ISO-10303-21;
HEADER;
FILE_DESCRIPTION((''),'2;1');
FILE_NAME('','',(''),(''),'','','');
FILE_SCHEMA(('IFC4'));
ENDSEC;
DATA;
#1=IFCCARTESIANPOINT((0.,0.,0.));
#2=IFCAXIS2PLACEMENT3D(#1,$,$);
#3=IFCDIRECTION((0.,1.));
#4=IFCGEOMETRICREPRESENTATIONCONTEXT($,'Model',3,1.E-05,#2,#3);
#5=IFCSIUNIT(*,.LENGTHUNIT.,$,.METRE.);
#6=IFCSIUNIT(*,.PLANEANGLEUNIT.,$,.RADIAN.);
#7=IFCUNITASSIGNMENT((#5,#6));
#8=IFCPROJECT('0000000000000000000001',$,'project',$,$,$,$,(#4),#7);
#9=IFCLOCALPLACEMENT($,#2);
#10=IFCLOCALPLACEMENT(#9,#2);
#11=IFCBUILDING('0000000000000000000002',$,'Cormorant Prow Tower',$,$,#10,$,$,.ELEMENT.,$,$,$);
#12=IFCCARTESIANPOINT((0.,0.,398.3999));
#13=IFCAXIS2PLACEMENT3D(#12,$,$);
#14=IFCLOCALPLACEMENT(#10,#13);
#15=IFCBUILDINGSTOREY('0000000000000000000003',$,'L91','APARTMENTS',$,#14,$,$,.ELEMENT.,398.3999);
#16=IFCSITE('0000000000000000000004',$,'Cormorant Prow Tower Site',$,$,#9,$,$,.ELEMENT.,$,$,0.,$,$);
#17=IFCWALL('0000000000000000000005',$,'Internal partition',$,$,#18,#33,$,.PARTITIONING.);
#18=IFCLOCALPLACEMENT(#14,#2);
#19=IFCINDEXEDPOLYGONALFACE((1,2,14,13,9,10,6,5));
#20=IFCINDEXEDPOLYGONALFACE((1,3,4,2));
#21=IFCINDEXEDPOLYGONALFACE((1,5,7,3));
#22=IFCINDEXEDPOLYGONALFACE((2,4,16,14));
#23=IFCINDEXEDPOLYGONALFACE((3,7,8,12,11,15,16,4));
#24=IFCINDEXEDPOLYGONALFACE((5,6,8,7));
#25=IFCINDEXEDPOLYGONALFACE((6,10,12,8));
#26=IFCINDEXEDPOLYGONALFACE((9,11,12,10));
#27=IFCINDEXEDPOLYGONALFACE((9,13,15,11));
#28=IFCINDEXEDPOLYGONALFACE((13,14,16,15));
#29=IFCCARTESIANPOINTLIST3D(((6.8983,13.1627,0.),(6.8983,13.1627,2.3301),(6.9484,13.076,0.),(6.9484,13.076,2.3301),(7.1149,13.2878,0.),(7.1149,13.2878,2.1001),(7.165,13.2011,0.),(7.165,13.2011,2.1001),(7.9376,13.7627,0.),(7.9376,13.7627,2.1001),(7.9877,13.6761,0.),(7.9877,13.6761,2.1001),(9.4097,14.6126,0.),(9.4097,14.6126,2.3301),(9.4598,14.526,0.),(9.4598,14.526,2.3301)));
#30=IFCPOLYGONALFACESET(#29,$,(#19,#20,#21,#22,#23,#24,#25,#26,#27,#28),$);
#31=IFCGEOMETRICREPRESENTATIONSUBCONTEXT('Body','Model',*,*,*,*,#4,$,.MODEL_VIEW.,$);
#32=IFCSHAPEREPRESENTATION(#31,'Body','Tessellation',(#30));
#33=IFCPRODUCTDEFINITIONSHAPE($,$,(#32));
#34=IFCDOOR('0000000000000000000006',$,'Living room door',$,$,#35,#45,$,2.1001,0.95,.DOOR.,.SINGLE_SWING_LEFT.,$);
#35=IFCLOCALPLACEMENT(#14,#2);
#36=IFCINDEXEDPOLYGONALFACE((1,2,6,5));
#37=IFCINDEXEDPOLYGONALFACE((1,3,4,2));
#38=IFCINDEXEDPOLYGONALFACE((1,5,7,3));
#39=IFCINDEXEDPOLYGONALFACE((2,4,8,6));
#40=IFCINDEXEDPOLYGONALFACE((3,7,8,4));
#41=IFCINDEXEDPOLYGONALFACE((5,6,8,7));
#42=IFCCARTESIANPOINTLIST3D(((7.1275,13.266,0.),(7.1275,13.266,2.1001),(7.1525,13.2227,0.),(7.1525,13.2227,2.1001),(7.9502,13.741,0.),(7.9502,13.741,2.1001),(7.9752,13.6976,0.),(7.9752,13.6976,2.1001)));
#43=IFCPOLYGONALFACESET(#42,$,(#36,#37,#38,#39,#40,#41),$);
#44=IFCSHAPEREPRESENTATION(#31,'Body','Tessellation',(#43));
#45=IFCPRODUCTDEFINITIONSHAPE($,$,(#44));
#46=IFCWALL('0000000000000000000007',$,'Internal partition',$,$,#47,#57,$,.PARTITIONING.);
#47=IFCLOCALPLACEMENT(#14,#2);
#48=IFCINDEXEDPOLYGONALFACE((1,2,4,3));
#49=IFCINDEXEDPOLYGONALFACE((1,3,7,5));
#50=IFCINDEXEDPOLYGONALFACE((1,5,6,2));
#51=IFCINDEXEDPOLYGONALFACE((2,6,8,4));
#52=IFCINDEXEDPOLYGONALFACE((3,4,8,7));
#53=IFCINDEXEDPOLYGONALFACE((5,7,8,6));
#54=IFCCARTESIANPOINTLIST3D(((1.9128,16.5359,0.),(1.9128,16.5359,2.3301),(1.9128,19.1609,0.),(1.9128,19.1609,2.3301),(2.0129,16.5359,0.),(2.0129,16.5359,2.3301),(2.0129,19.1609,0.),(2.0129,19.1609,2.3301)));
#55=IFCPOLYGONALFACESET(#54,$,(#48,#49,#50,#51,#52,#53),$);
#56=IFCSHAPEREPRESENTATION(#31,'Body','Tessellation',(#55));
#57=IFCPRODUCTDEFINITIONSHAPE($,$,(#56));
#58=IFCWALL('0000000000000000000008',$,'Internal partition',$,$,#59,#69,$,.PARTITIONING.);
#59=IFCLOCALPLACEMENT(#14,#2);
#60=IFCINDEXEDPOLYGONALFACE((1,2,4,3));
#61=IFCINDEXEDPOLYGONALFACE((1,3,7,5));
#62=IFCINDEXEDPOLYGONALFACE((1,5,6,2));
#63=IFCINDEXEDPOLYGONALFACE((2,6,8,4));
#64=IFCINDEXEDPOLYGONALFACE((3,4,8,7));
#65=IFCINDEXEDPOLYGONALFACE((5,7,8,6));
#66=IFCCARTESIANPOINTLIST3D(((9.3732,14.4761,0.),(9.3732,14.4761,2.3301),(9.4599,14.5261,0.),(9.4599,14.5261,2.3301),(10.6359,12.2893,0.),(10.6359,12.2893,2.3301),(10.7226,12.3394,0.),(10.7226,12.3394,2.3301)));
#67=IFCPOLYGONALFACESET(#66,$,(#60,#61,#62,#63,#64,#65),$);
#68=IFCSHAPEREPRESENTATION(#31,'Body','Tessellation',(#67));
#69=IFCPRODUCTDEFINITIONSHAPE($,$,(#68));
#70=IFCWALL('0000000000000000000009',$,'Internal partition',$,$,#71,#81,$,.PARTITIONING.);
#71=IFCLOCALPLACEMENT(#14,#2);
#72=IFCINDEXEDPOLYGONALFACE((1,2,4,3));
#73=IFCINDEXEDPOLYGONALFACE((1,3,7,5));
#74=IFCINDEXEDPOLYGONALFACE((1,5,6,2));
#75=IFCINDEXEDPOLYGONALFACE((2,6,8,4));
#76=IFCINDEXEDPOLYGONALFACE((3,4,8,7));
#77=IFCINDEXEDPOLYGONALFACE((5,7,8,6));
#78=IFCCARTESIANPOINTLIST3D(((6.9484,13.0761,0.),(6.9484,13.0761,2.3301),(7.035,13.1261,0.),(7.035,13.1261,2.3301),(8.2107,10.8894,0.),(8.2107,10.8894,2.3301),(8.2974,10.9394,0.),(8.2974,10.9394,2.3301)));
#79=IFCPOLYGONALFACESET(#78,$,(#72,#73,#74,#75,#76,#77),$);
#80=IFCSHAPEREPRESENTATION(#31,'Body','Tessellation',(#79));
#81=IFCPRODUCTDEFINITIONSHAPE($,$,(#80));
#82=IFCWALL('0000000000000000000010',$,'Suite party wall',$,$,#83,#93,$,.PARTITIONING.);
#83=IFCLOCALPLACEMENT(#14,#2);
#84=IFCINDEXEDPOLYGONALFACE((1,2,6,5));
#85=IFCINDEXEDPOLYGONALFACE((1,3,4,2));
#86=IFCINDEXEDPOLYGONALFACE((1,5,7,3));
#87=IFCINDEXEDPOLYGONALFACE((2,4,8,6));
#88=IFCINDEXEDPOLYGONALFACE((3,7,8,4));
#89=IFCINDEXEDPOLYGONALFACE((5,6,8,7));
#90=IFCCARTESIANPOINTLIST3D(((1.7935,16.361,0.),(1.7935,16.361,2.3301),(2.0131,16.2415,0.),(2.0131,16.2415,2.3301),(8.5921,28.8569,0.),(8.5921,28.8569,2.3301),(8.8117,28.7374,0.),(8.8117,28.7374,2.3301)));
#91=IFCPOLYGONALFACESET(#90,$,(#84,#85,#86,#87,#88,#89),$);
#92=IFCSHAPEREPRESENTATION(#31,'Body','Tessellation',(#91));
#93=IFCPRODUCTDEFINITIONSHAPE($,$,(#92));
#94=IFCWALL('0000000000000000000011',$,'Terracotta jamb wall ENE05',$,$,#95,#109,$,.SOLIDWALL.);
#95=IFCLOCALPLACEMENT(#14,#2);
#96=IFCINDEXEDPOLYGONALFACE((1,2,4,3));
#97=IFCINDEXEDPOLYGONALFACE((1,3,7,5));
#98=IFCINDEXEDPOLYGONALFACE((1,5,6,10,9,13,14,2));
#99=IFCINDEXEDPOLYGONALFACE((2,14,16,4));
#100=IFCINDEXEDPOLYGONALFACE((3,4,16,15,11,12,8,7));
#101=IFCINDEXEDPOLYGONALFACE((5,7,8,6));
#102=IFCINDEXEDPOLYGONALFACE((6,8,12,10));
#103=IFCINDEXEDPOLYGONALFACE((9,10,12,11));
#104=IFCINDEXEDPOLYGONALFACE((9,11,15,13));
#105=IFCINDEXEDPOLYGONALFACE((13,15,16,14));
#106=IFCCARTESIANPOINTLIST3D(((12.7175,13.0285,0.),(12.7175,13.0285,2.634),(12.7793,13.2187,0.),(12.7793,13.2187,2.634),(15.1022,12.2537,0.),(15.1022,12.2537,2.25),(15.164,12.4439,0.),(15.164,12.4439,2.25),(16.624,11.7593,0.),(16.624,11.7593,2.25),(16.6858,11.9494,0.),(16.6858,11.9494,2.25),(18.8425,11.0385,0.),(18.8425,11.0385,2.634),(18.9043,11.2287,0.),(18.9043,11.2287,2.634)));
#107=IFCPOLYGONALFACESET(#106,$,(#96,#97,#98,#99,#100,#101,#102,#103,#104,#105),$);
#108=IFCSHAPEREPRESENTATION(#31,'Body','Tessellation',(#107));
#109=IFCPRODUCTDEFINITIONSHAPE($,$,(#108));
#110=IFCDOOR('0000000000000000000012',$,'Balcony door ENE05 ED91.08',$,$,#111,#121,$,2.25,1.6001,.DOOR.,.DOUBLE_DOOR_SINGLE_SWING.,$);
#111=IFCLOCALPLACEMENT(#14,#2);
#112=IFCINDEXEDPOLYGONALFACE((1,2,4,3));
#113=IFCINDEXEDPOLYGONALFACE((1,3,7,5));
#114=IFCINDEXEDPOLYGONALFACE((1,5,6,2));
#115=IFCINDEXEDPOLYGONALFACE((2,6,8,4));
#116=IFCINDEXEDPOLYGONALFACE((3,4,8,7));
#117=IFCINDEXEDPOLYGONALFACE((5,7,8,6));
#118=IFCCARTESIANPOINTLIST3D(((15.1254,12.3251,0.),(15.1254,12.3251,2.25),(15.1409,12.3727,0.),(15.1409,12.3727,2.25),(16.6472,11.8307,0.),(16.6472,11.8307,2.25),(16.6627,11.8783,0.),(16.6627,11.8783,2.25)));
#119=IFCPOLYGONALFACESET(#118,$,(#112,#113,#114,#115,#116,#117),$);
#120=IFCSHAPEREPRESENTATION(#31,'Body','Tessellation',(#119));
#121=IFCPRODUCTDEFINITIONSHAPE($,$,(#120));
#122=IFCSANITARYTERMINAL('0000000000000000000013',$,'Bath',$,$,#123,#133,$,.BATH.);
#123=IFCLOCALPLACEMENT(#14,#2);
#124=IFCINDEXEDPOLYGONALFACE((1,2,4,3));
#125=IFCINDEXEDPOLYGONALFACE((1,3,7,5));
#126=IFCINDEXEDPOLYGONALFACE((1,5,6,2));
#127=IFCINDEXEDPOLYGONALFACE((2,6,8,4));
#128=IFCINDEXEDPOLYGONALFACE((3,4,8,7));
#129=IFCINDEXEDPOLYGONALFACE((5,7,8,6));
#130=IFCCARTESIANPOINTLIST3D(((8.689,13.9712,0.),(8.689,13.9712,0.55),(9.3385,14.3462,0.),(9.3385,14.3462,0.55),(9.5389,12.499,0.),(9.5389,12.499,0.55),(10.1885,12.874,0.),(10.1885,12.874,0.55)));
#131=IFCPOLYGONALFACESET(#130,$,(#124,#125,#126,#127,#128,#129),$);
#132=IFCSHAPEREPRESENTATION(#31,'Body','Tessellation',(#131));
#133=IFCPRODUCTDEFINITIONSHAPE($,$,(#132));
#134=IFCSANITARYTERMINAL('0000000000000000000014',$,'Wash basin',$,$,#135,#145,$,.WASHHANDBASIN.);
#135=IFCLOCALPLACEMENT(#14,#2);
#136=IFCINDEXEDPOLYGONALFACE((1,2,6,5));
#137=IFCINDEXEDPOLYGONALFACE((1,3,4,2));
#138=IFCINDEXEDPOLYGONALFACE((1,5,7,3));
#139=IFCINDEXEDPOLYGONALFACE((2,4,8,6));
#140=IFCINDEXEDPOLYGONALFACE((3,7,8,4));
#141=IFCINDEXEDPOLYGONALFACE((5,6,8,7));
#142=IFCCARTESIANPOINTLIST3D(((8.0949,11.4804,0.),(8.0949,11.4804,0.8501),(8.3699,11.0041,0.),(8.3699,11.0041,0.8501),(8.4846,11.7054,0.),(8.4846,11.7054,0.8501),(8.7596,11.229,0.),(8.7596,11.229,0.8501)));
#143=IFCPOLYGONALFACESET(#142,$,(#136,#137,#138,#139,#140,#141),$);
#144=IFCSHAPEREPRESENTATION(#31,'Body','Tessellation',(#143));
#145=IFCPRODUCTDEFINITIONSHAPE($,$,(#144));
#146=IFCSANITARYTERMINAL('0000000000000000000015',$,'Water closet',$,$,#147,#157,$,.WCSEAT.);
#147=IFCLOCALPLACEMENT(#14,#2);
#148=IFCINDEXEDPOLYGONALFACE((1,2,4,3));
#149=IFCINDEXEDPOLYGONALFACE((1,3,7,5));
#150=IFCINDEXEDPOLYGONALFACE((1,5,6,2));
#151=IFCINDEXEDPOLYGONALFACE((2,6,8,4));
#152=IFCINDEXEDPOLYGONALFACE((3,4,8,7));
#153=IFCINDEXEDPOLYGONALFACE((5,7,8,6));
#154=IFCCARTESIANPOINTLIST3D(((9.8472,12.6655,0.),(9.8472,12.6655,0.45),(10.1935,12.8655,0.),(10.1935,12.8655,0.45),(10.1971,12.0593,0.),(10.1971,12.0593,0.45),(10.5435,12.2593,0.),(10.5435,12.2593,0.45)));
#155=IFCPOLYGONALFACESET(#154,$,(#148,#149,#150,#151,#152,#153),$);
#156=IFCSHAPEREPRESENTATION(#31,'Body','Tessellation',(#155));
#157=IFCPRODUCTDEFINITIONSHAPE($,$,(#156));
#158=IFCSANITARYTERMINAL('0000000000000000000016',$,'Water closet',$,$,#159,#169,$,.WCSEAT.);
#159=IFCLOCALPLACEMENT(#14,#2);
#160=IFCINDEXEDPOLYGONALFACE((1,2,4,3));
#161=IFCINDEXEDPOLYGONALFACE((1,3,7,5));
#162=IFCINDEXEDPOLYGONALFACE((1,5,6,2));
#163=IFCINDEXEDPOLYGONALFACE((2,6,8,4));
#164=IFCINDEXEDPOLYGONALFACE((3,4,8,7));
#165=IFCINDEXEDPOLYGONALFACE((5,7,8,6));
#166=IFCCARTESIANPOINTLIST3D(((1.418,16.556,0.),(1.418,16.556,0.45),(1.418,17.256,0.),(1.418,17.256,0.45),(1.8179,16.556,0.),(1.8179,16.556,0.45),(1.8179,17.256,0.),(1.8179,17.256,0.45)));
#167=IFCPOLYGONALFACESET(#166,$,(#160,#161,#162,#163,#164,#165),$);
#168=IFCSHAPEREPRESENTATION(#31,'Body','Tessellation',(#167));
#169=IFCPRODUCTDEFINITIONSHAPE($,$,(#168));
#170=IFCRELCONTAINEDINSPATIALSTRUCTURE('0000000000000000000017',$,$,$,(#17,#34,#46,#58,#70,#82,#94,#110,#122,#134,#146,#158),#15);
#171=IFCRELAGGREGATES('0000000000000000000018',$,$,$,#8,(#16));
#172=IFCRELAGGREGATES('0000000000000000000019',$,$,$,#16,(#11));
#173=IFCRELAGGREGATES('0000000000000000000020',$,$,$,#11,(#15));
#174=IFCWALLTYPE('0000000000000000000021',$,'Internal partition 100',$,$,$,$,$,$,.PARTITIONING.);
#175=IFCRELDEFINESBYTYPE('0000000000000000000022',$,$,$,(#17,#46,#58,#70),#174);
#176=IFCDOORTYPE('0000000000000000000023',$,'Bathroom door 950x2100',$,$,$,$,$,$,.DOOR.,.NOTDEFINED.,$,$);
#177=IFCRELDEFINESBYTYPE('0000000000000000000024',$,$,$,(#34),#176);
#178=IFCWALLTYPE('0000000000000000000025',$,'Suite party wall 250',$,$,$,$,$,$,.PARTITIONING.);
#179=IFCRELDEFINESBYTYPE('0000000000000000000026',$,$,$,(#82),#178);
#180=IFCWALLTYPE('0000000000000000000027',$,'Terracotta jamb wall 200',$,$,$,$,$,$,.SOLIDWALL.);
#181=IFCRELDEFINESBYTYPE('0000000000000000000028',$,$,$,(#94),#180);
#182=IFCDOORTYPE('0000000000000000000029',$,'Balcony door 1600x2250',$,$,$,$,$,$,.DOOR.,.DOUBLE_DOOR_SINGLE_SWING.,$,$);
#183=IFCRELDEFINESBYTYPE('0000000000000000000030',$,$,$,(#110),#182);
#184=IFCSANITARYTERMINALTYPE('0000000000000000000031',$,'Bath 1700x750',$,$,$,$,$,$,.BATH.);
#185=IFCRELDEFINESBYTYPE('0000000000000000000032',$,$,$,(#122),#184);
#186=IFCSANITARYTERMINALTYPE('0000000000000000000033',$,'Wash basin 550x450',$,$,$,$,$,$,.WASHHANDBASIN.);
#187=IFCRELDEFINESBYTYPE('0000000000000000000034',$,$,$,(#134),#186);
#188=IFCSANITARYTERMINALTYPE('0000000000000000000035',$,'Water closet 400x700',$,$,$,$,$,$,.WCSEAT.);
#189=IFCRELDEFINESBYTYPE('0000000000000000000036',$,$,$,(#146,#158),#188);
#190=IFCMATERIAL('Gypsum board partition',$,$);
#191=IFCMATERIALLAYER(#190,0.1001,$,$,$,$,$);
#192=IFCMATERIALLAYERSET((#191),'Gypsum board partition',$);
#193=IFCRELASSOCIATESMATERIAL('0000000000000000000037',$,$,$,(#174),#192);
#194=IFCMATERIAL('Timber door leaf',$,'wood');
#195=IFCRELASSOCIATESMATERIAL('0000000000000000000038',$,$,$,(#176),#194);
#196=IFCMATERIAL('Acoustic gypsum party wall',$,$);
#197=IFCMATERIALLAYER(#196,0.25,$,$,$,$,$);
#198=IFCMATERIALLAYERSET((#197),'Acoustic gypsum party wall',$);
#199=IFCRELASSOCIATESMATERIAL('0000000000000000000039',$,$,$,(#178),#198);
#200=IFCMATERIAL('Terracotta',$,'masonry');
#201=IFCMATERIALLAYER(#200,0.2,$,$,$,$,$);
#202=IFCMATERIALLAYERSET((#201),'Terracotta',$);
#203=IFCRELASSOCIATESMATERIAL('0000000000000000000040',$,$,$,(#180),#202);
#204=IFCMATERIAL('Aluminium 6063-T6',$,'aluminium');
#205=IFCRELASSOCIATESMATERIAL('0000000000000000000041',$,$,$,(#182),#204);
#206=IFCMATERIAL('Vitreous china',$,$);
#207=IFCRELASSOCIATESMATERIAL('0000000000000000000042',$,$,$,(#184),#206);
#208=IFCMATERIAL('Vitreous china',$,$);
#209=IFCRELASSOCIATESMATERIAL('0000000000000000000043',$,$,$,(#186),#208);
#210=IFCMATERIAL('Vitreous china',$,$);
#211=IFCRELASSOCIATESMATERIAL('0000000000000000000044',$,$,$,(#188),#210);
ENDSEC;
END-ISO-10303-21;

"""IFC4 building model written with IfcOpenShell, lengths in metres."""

from ifc_helpers import new_model, si_unit, direction, frame, frame_2d, origin, origin_2d, place, context, subcontext, project, spatial, rectangle, extrude, material, layer, layer_set, type_object, element, fill, save


model = new_model("IFC4")

# Units and contexts
model_context = context("Model", 3, precision=1e-05, world=origin(), true_north=direction((0.0, 1.0)))
body_context = subcontext(model_context, "Body", "Model", "MODEL_VIEW")
ifc_project = project(units=[si_unit("LENGTHUNIT", "METRE"), si_unit("PLANEANGLEUNIT", "RADIAN")], contexts=[model_context])

# Site, building, storey
site_placement = place(None, origin())
site = spatial("IfcSite", under=ifc_project, at=site_placement, Name="Cormorant Prow Tower Site", CompositionType="ELEMENT", RefElevation=0.0)
building_placement = place(site_placement, origin())
building = spatial("IfcBuilding", under=site, at=building_placement, Name="Cormorant Prow Tower", CompositionType="ELEMENT")
storey_placement = place(building_placement, frame((0.0, 0.0, 398.3999)))
storey = spatial("IfcBuildingStorey", under=building, at=storey_placement, Name="L91", Description="APARTMENTS", CompositionType="ELEMENT", Elevation=398.3999)

# Shared definitions
ifc_material_1 = material(Name="Gypsum board partition")
ifc_layer_1 = layer(ifc_material_1, 0.1001)
ifc_layer_set_1 = layer_set([ifc_layer_1], Name="Gypsum board partition")
wall_type_1 = type_object("IfcWallType", Name="Internal partition 100", PredefinedType="PARTITIONING", material=ifc_layer_set_1)
ifc_material_2 = material(Name="Timber door leaf", Category="wood")
door_type_1 = type_object("IfcDoorType", Name="Bathroom door 950x2100", OperationType="NOTDEFINED", PredefinedType="DOOR", material=ifc_material_2)

# Wall, opening, door
wall_1_placement = place(storey_placement, frame((6.9233, 13.1194, 0.0), z_axis=(0.0, 0.0, 1.0), x_axis=(0.866033, 0.499987, 0.0)))
wall_1 = element("IfcWall", 1, at=wall_1_placement, inside=storey, type_object=wall_type_1, Name="Internal partition", PredefinedType="PARTITIONING", context=body_context, shape_type="SweptSolid", body=[
    extrude(rectangle(XDim=2.8999, YDim=0.1001, at=frame_2d((1.45, 0.0))), origin(), (0.0, 0.0, 1.0), 2.3301),
])
opening_1_placement = place(wall_1_placement, frame((0.25, 0.0, 0.0)))
opening_1 = element("IfcOpeningElement", 2, at=opening_1_placement, cuts=wall_1, PredefinedType="OPENING", context=body_context, shape_type="SweptSolid", body=[
    extrude(rectangle(XDim=0.95, YDim=2.1001, at=frame_2d((0.4751, 1.05))), frame((0.0, 0.0601, 0.0), z_axis=(0.0, -1.0, 0.0), x_axis=(1.0, 0.0, 0.0)), (0.0, 0.0, 1.0), 0.1201),
])
door_1_placement = place(opening_1_placement, origin())
door_1 = element("IfcDoor", 3, at=door_1_placement, inside=storey, type_object=door_type_1, Name="Living room door", OperationType="SINGLE_SWING_LEFT", OverallHeight=2.1001, OverallWidth=0.95, PredefinedType="DOOR", context=body_context, shape_type="SweptSolid", body=[
    extrude(rectangle(XDim=0.95, YDim=2.1001, at=frame_2d((0.4751, 1.05))), frame((0.0, 0.0249, 0.0), z_axis=(0.0, -1.0, 0.0), x_axis=(1.0, 0.0, 0.0)), (0.0, 0.0, 1.0), 0.05),
])
fill(opening_1, door_1)

# Walls
wall_2_placement = place(storey_placement, frame((1.9629, 16.5359, 0.0), z_axis=(0.0, 0.0, 1.0), x_axis=(0.0, 1.0, 0.0)))
element("IfcWall", 4, at=wall_2_placement, inside=storey, type_object=wall_type_1, Name="Internal partition", PredefinedType="PARTITIONING", context=body_context, shape_type="SweptSolid", body=[
    extrude(rectangle(XDim=2.625, YDim=0.1001, at=frame_2d((1.3125, 0.0))), origin(), (0.0, 0.0, 1.0), 2.3301),
])
wall_3_placement = place(storey_placement, frame((9.4165, 14.5012, 0.0), z_axis=(0.0, 0.0, 1.0), x_axis=(0.500049, -0.865997, 0.0)))
element("IfcWall", 5, at=wall_3_placement, inside=storey, type_object=wall_type_1, Name="Internal partition", PredefinedType="PARTITIONING", context=body_context, shape_type="SweptSolid", body=[
    extrude(rectangle(XDim=2.5251, YDim=0.1001, at=frame_2d((1.2627, 0.0))), origin(), (0.0, 0.0, 1.0), 2.3301),
])
wall_4_placement = place(storey_placement, frame((6.9917, 13.1011, 0.0), z_axis=(0.0, 0.0, 1.0), x_axis=(0.499976, -0.866039, 0.0)))
element("IfcWall", 6, at=wall_4_placement, inside=storey, type_object=wall_type_1, Name="Internal partition", PredefinedType="PARTITIONING", context=body_context, shape_type="SweptSolid", body=[
    extrude(rectangle(XDim=2.5249, YDim=0.1001, at=frame_2d((1.2625, 0.0))), origin(), (0.0, 0.0, 1.0), 2.3301),
])
ifc_material_3 = material(Name="Acoustic gypsum party wall")
ifc_layer_2 = layer(ifc_material_3, 0.25)
ifc_layer_set_2 = layer_set([ifc_layer_2], Name="Acoustic gypsum party wall")
wall_type_2 = type_object("IfcWallType", Name="Suite party wall 250", PredefinedType="PARTITIONING", material=ifc_layer_set_2)
wall_5_placement = place(storey_placement, frame((1.9033, 16.3013, 0.0), z_axis=(0.0, 0.0, 1.0), x_axis=(0.477913, 0.878407, 0.0)))
element("IfcWall", 7, at=wall_5_placement, inside=storey, type_object=wall_type_2, Name="Suite party wall", PredefinedType="PARTITIONING", context=body_context, shape_type="SweptSolid", body=[
    extrude(rectangle(XDim=14.2256, YDim=0.25, at=frame_2d((7.1128, 0.0))), origin(), (0.0, 0.0, 1.0), 2.3301),
])

# Wall, opening, door
ifc_material_4 = material(Name="Terracotta", Category="masonry")
ifc_layer_3 = layer(ifc_material_4, 0.2)
ifc_layer_set_3 = layer_set([ifc_layer_3], Name="Terracotta")
wall_type_3 = type_object("IfcWallType", Name="Terracotta jamb wall 200", PredefinedType="SOLIDWALL", material=ifc_layer_set_3)
wall_6_placement = place(storey_placement, frame((18.8735, 11.1335, 0.0), z_axis=(0.0, 0.0, 1.0), x_axis=(-0.951063, 0.308997, 0.0)))
wall_6 = element("IfcWall", 8, at=wall_6_placement, inside=storey, type_object=wall_type_3, Name="Terracotta jamb wall ENE05", PredefinedType="SOLIDWALL", context=body_context, shape_type="SweptSolid", body=[
    extrude(rectangle(XDim=6.4402, YDim=0.2, at=frame_2d((3.2202, 0.0))), origin(), (0.0, 0.0, 1.0), 2.634),
])
opening_2_placement = place(wall_6_placement, frame((2.3328, 0.0, 0.0)))
opening_2 = element("IfcOpeningElement", 9, at=opening_2_placement, cuts=wall_6, PredefinedType="OPENING", context=body_context, shape_type="SweptSolid", body=[
    extrude(rectangle(XDim=1.6001, YDim=2.25, at=frame_2d((0.8, 1.125))), frame((0.0, 0.1099, 0.0), z_axis=(0.0, -1.0, 0.0), x_axis=(1.0, 0.0, 0.0)), (0.0, 0.0, 1.0), 0.22),
])
ifc_material_5 = material(Name="Aluminium 6063-T6", Category="aluminium")
door_type_2 = type_object("IfcDoorType", Name="Balcony door 1600x2250", OperationType="DOUBLE_DOOR_SINGLE_SWING", PredefinedType="DOOR", material=ifc_material_5)
door_2_placement = place(opening_2_placement, origin())
door_2 = element("IfcDoor", 10, at=door_2_placement, inside=storey, type_object=door_type_2, Name="Balcony door ENE05 ED91.08", OperationType="DOUBLE_DOOR_SINGLE_SWING", OverallHeight=2.25, OverallWidth=1.6001, PredefinedType="DOOR", context=body_context, shape_type="SweptSolid", body=[
    extrude(rectangle(XDim=1.6001, YDim=2.25, at=frame_2d((0.8, 1.125))), frame((0.0, 0.0249, 0.0), z_axis=(0.0, -1.0, 0.0), x_axis=(1.0, 0.0, 0.0)), (0.0, 0.0, 1.0), 0.05),
])
fill(opening_2, door_2)

# Sanitary terminals
ifc_material_6 = material(Name="Vitreous china")
sanitary_terminal_type_1 = type_object("IfcSanitaryTerminalType", Name="Bath 1700x750", PredefinedType="BATH", material=ifc_material_6)
sanitary_terminal_1_placement = place(storey_placement, frame((9.4387, 13.4226, 0.0), z_axis=(0.0, 0.0, 1.0), x_axis=(0.5, -0.866025, 0.0)))
element("IfcSanitaryTerminal", 11, at=sanitary_terminal_1_placement, inside=storey, type_object=sanitary_terminal_type_1, Name="Bath", PredefinedType="BATH", context=body_context, shape_type="SweptSolid", body=[
    extrude(rectangle(XDim=1.7, YDim=0.75, at=origin_2d()), origin(), (0.0, 0.0, 1.0), 0.55),
])
ifc_material_7 = material(Name="Vitreous china")
sanitary_terminal_type_2 = type_object("IfcSanitaryTerminalType", Name="Wash basin 550x450", PredefinedType="WASHHANDBASIN", material=ifc_material_7)
sanitary_terminal_2_placement = place(storey_placement, frame((8.4272, 11.3547, 0.0), z_axis=(0.0, 0.0, 1.0), x_axis=(-0.5, 0.866025, 0.0)))
element("IfcSanitaryTerminal", 12, at=sanitary_terminal_2_placement, inside=storey, type_object=sanitary_terminal_type_2, Name="Wash basin", PredefinedType="WASHHANDBASIN", context=body_context, shape_type="SweptSolid", body=[
    extrude(rectangle(XDim=0.55, YDim=0.45, at=origin_2d()), origin(), (0.0, 0.0, 1.0), 0.8501),
])
ifc_material_8 = material(Name="Vitreous china")
sanitary_terminal_type_3 = type_object("IfcSanitaryTerminalType", Name="Water closet 400x700", PredefinedType="WCSEAT", material=ifc_material_8)
for number, where, z_axis, x_axis, name in (
    (13, (10.1953, 12.4624, 0.0), (0.0, 0.0, 1.0), (-0.866025, -0.5, 0.0), "Water closet"),
    (14, (1.6179, 16.906, 0.0), (0.0, 0.0, 1.0), (-1.0, 0.0, 0.0), "Water closet"),
):
    element("IfcSanitaryTerminal", number, at=place(storey_placement, frame(where, z_axis=z_axis, x_axis=x_axis)), inside=storey, type_object=sanitary_terminal_type_3, Name=name, PredefinedType="WCSEAT", context=body_context, shape_type="SweptSolid", body=[
        extrude(rectangle(XDim=0.3999, YDim=0.7, at=origin_2d()), origin(), (0.0, 0.0, 1.0), 0.45),
    ])

save(model, "model.ifc")
